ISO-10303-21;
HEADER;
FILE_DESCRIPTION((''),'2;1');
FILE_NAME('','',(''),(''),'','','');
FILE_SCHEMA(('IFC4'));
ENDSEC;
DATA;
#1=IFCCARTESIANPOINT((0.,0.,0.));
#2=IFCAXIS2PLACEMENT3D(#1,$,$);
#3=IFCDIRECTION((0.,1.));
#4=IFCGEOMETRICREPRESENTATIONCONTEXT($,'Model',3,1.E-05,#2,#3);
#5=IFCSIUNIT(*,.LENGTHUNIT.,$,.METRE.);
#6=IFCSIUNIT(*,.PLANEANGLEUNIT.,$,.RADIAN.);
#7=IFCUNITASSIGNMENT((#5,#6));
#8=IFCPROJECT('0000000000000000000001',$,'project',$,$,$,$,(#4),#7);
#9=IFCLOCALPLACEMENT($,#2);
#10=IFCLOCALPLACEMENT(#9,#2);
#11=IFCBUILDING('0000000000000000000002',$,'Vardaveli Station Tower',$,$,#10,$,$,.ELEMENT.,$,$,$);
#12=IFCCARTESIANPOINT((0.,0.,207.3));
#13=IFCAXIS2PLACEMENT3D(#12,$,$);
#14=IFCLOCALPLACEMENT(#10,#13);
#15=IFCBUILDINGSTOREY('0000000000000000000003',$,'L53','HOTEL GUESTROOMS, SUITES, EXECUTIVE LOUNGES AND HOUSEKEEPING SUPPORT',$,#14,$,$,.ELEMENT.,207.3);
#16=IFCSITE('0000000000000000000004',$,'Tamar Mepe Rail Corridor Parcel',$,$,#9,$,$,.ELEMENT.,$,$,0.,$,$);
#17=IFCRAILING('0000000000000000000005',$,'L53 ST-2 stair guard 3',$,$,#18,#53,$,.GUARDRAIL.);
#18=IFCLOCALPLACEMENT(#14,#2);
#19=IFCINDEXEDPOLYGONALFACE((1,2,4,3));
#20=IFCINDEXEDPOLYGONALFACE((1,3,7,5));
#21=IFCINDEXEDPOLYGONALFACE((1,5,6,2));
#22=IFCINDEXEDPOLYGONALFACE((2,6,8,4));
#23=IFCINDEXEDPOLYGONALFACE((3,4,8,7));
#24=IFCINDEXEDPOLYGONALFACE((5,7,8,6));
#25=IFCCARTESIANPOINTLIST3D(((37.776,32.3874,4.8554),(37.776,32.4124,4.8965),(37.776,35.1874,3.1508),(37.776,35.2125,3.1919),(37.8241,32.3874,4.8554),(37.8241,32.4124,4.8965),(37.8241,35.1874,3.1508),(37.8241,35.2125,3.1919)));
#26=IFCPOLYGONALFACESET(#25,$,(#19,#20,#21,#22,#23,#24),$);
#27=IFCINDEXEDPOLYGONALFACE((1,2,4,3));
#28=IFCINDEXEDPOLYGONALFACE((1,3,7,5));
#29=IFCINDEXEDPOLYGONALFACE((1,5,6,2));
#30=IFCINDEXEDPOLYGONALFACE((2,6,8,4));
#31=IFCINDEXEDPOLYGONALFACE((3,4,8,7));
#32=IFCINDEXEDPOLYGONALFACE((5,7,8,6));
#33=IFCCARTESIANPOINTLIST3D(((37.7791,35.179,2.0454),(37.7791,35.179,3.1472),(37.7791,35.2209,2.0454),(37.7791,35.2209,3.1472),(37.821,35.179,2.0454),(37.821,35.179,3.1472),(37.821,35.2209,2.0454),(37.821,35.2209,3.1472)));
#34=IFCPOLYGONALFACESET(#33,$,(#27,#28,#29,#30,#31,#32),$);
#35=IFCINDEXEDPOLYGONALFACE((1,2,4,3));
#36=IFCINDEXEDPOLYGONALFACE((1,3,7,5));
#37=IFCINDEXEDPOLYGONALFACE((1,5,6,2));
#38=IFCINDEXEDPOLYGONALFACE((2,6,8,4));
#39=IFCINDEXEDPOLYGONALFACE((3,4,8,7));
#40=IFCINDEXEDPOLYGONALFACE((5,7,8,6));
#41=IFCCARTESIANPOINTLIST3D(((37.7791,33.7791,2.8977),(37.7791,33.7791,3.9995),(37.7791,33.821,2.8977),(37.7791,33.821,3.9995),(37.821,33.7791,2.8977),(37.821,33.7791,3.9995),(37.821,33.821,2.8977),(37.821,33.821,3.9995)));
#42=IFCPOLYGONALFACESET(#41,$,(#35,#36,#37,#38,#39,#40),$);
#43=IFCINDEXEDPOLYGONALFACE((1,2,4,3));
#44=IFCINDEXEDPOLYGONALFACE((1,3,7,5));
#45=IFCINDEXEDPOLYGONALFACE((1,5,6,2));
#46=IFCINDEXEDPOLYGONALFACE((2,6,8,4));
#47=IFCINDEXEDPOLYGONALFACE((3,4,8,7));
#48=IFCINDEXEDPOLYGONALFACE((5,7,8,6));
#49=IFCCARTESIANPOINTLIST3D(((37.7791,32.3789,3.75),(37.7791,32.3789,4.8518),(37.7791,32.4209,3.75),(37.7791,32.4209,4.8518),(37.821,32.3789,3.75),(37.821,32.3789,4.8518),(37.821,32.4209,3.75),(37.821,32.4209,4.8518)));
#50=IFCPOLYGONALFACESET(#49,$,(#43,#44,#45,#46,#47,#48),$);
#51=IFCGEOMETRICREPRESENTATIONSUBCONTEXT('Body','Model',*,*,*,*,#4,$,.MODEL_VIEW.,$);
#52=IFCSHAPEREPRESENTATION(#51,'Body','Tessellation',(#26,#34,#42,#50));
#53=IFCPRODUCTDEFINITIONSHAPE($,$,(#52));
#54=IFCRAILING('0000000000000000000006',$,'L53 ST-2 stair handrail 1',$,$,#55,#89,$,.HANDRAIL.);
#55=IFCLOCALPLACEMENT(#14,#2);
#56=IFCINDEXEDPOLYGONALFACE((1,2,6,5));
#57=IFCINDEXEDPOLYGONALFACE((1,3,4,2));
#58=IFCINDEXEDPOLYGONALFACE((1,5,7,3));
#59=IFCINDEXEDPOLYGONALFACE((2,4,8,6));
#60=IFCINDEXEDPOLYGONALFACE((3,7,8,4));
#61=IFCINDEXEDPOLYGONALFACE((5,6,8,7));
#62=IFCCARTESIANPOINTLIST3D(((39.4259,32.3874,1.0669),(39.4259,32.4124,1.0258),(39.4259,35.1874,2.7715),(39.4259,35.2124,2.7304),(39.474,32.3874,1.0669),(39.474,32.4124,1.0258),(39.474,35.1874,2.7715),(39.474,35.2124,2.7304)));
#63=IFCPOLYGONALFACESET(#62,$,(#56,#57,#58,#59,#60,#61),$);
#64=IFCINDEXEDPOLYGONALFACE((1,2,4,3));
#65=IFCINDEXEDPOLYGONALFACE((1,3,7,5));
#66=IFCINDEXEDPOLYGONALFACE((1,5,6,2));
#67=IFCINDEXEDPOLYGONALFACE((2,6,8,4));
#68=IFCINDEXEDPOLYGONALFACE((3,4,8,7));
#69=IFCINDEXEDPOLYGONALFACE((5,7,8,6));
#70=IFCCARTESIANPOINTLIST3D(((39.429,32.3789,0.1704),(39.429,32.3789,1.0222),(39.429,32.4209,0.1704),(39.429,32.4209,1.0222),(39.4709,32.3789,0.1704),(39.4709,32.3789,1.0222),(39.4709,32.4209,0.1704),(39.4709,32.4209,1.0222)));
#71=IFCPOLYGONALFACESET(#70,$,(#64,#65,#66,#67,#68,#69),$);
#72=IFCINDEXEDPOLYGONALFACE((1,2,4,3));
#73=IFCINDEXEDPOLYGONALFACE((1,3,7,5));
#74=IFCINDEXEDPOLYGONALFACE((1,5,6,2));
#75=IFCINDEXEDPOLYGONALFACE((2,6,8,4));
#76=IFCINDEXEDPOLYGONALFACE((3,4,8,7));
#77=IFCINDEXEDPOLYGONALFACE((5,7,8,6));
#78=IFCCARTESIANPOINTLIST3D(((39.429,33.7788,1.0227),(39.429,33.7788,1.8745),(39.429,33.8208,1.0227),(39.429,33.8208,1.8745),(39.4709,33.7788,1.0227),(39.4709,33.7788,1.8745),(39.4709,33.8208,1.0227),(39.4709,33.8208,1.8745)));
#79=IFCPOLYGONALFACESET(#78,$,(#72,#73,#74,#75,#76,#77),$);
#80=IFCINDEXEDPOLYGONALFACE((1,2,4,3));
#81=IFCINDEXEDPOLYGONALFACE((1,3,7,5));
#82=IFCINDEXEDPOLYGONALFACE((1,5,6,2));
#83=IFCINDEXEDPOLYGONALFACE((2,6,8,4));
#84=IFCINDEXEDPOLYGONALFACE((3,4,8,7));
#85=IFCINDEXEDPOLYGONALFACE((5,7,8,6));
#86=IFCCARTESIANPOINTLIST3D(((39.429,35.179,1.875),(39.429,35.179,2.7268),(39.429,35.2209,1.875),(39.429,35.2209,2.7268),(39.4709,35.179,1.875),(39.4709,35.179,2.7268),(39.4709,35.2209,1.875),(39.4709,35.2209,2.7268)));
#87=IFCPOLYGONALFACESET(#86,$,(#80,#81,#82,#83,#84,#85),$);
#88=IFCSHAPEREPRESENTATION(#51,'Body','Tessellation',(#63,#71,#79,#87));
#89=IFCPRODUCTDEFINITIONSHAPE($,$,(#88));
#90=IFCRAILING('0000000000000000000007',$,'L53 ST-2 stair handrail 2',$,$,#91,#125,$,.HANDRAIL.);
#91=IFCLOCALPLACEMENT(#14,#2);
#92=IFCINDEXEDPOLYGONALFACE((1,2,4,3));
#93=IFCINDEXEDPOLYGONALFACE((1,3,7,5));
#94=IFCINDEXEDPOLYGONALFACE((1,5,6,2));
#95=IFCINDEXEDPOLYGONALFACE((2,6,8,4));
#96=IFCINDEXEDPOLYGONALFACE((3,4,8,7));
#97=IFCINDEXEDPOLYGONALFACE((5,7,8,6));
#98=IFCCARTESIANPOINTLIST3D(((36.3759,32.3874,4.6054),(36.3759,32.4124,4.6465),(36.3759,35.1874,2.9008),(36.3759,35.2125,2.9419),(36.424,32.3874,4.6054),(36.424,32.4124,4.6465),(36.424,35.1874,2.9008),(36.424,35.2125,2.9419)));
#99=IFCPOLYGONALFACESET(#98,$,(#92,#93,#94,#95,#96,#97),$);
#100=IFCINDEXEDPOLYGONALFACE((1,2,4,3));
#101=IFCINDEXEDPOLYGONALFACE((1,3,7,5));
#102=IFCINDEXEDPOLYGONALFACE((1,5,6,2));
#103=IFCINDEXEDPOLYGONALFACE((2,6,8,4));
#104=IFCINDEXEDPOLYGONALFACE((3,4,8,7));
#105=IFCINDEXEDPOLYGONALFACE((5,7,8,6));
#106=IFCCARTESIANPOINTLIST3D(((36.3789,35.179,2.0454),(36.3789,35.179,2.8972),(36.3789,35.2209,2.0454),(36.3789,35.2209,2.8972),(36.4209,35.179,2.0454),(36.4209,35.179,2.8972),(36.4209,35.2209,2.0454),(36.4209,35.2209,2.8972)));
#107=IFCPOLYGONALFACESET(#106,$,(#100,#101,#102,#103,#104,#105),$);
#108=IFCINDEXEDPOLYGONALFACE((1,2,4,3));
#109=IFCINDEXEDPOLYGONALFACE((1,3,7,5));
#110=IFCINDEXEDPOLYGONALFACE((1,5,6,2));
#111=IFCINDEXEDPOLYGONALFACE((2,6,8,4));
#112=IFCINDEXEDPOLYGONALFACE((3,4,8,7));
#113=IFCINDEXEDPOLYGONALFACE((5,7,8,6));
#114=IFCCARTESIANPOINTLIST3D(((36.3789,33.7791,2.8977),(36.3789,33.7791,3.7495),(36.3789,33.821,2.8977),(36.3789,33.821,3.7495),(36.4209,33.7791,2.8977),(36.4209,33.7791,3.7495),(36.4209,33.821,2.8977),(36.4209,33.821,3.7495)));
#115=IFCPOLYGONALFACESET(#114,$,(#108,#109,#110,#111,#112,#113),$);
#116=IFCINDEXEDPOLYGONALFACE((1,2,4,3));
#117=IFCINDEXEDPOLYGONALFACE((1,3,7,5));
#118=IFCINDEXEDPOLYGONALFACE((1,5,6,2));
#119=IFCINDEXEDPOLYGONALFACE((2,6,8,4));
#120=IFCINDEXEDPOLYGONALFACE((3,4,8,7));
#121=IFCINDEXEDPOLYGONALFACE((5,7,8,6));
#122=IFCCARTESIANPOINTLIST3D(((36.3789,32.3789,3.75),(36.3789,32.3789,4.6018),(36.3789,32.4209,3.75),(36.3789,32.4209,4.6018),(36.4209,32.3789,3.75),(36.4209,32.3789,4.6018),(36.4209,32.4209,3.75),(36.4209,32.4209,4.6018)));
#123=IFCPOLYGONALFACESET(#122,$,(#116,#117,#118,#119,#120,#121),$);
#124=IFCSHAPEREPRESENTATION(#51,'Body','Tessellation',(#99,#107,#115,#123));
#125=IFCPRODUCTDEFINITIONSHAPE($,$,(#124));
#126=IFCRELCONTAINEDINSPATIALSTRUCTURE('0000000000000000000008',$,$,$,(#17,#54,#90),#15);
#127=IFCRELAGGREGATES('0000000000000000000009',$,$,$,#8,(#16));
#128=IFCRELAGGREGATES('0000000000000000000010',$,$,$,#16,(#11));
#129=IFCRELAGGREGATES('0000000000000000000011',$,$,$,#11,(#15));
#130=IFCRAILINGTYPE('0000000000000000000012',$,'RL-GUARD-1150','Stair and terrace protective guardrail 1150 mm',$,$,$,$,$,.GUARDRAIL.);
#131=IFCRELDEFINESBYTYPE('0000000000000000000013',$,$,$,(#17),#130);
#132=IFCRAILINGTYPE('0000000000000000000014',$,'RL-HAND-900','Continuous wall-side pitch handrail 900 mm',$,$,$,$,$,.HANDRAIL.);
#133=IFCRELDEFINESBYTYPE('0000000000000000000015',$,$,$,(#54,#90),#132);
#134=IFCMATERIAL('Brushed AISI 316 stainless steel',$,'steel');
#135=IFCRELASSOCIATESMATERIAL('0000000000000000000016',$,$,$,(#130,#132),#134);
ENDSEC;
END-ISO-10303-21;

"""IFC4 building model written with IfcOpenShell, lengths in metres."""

from ifc_helpers import new_model, si_unit, direction, frame, origin, origin_2d, place, context, subcontext, project, spatial, rectangle, extrude, source, transform, mapped, material, type_object, element, save


model = new_model("IFC4")

# Units and contexts
model_context = context("Model", 3, precision=1e-05, world=origin(), true_north=direction((0.0, 1.0)))
body_context = subcontext(model_context, "Body", "Model", "MODEL_VIEW")
ifc_project = project(units=[si_unit("LENGTHUNIT", "METRE"), si_unit("PLANEANGLEUNIT", "RADIAN")], contexts=[model_context])

# Site, building, storey
site_placement = place(None, origin())
site = spatial("IfcSite", under=ifc_project, at=site_placement, Name="Tamar Mepe Rail Corridor Parcel", CompositionType="ELEMENT", RefElevation=0.0)
building_placement = place(site_placement, origin())
building = spatial("IfcBuilding", under=site, at=building_placement, Name="Vardaveli Station Tower", CompositionType="ELEMENT")
storey_placement = place(building_placement, frame((0.0, 0.0, 207.3)))
storey = spatial("IfcBuildingStorey", under=building, at=storey_placement, Name="L53", Description="HOTEL GUESTROOMS, SUITES, EXECUTIVE LOUNGES AND HOUSEKEEPING SUPPORT", CompositionType="ELEMENT", Elevation=207.3)

# Railings
ifc_material_1 = material(Name="Brushed AISI 316 stainless steel", Category="steel")
railing_type_1 = type_object("IfcRailingType", Name="RL-GUARD-1150", Description="Stair and terrace protective guardrail 1150 mm", PredefinedType="GUARDRAIL", material=ifc_material_1)
shared_shape_1 = source(origin(), body_context, "Body", "SweptSolid", [
    extrude(rectangle(XDim=0.0481, YDim=0.0481, at=origin_2d()), frame((0.0, 0.0, 1.126), z_axis=(0.0, -0.85417, 0.519994), x_axis=(1.0, 0.0, 0.0)), (0.0, 0.0, 1.0), 3.2781),
    extrude(rectangle(XDim=0.042, YDim=0.042, at=origin_2d()), origin(), (0.0, 0.0, 1.0), 1.1018),
    extrude(rectangle(XDim=0.042, YDim=0.042, at=origin_2d()), frame((0.0, -1.3999, 0.8523)), (0.0, 0.0, 1.0), 1.1018),
    extrude(rectangle(XDim=0.042, YDim=0.042, at=origin_2d()), frame((0.0, -2.8, 1.7046)), (0.0, 0.0, 1.0), 1.1018),
])
railing_1_placement = place(storey_placement, frame((37.8, 35.2, 2.0454)))
element("IfcRailing", 1, at=railing_1_placement, inside=storey, type_object=railing_type_1, Name="L53 ST-2 stair guard 3", PredefinedType="GUARDRAIL", context=body_context, shape_type="MappedRepresentation", body=[
    mapped(shared_shape_1, transform((0.0, 0.0, 0.0), scale=1.0)),
])
railing_type_2 = type_object("IfcRailingType", Name="RL-HAND-900", Description="Continuous wall-side pitch handrail 900 mm", PredefinedType="HANDRAIL", material=ifc_material_1)
shared_shape_2 = source(origin(), body_context, "Body", "SweptSolid", [
    extrude(rectangle(XDim=0.0481, YDim=0.0481, at=origin_2d()), frame((0.0, 0.0, 0.876), z_axis=(0.0, 0.85417, 0.519994), x_axis=(-1.0, 0.0, 0.0)), (0.0, 0.0, 1.0), 3.2781),
    extrude(rectangle(XDim=0.042, YDim=0.042, at=origin_2d()), origin(), (0.0, 0.0, 1.0), 0.8518),
    extrude(rectangle(XDim=0.042, YDim=0.042, at=origin_2d()), frame((0.0, 1.3999, 0.8523)), (0.0, 0.0, 1.0), 0.8518),
    extrude(rectangle(XDim=0.042, YDim=0.042, at=origin_2d()), frame((0.0, 2.8, 1.7046)), (0.0, 0.0, 1.0), 0.8518),
])
railing_2_placement = place(storey_placement, frame((39.45, 32.3999, 0.1704)))
element("IfcRailing", 2, at=railing_2_placement, inside=storey, type_object=railing_type_2, Name="L53 ST-2 stair handrail 1", PredefinedType="HANDRAIL", context=body_context, shape_type="MappedRepresentation", body=[
    mapped(shared_shape_2, transform((0.0, 0.0, 0.0), scale=1.0)),
])
shared_shape_3 = source(origin(), body_context, "Body", "SweptSolid", [
    extrude(rectangle(XDim=0.0481, YDim=0.0481, at=origin_2d()), frame((0.0, 0.0, 0.876), z_axis=(0.0, -0.85417, 0.519994), x_axis=(1.0, 0.0, 0.0)), (0.0, 0.0, 1.0), 3.2781),
    extrude(rectangle(XDim=0.042, YDim=0.042, at=origin_2d()), origin(), (0.0, 0.0, 1.0), 0.8518),
    extrude(rectangle(XDim=0.042, YDim=0.042, at=origin_2d()), frame((0.0, -1.3999, 0.8523)), (0.0, 0.0, 1.0), 0.8518),
    extrude(rectangle(XDim=0.042, YDim=0.042, at=origin_2d()), frame((0.0, -2.8, 1.7046)), (0.0, 0.0, 1.0), 0.8518),
])
railing_3_placement = place(storey_placement, frame((36.3999, 35.2, 2.0454)))
element("IfcRailing", 3, at=railing_3_placement, inside=storey, type_object=railing_type_2, Name="L53 ST-2 stair handrail 2", PredefinedType="HANDRAIL", context=body_context, shape_type="MappedRepresentation", body=[
    mapped(shared_shape_3, transform((0.0, 0.0, 0.0), scale=1.0)),
])

save(model, "model.ifc")
